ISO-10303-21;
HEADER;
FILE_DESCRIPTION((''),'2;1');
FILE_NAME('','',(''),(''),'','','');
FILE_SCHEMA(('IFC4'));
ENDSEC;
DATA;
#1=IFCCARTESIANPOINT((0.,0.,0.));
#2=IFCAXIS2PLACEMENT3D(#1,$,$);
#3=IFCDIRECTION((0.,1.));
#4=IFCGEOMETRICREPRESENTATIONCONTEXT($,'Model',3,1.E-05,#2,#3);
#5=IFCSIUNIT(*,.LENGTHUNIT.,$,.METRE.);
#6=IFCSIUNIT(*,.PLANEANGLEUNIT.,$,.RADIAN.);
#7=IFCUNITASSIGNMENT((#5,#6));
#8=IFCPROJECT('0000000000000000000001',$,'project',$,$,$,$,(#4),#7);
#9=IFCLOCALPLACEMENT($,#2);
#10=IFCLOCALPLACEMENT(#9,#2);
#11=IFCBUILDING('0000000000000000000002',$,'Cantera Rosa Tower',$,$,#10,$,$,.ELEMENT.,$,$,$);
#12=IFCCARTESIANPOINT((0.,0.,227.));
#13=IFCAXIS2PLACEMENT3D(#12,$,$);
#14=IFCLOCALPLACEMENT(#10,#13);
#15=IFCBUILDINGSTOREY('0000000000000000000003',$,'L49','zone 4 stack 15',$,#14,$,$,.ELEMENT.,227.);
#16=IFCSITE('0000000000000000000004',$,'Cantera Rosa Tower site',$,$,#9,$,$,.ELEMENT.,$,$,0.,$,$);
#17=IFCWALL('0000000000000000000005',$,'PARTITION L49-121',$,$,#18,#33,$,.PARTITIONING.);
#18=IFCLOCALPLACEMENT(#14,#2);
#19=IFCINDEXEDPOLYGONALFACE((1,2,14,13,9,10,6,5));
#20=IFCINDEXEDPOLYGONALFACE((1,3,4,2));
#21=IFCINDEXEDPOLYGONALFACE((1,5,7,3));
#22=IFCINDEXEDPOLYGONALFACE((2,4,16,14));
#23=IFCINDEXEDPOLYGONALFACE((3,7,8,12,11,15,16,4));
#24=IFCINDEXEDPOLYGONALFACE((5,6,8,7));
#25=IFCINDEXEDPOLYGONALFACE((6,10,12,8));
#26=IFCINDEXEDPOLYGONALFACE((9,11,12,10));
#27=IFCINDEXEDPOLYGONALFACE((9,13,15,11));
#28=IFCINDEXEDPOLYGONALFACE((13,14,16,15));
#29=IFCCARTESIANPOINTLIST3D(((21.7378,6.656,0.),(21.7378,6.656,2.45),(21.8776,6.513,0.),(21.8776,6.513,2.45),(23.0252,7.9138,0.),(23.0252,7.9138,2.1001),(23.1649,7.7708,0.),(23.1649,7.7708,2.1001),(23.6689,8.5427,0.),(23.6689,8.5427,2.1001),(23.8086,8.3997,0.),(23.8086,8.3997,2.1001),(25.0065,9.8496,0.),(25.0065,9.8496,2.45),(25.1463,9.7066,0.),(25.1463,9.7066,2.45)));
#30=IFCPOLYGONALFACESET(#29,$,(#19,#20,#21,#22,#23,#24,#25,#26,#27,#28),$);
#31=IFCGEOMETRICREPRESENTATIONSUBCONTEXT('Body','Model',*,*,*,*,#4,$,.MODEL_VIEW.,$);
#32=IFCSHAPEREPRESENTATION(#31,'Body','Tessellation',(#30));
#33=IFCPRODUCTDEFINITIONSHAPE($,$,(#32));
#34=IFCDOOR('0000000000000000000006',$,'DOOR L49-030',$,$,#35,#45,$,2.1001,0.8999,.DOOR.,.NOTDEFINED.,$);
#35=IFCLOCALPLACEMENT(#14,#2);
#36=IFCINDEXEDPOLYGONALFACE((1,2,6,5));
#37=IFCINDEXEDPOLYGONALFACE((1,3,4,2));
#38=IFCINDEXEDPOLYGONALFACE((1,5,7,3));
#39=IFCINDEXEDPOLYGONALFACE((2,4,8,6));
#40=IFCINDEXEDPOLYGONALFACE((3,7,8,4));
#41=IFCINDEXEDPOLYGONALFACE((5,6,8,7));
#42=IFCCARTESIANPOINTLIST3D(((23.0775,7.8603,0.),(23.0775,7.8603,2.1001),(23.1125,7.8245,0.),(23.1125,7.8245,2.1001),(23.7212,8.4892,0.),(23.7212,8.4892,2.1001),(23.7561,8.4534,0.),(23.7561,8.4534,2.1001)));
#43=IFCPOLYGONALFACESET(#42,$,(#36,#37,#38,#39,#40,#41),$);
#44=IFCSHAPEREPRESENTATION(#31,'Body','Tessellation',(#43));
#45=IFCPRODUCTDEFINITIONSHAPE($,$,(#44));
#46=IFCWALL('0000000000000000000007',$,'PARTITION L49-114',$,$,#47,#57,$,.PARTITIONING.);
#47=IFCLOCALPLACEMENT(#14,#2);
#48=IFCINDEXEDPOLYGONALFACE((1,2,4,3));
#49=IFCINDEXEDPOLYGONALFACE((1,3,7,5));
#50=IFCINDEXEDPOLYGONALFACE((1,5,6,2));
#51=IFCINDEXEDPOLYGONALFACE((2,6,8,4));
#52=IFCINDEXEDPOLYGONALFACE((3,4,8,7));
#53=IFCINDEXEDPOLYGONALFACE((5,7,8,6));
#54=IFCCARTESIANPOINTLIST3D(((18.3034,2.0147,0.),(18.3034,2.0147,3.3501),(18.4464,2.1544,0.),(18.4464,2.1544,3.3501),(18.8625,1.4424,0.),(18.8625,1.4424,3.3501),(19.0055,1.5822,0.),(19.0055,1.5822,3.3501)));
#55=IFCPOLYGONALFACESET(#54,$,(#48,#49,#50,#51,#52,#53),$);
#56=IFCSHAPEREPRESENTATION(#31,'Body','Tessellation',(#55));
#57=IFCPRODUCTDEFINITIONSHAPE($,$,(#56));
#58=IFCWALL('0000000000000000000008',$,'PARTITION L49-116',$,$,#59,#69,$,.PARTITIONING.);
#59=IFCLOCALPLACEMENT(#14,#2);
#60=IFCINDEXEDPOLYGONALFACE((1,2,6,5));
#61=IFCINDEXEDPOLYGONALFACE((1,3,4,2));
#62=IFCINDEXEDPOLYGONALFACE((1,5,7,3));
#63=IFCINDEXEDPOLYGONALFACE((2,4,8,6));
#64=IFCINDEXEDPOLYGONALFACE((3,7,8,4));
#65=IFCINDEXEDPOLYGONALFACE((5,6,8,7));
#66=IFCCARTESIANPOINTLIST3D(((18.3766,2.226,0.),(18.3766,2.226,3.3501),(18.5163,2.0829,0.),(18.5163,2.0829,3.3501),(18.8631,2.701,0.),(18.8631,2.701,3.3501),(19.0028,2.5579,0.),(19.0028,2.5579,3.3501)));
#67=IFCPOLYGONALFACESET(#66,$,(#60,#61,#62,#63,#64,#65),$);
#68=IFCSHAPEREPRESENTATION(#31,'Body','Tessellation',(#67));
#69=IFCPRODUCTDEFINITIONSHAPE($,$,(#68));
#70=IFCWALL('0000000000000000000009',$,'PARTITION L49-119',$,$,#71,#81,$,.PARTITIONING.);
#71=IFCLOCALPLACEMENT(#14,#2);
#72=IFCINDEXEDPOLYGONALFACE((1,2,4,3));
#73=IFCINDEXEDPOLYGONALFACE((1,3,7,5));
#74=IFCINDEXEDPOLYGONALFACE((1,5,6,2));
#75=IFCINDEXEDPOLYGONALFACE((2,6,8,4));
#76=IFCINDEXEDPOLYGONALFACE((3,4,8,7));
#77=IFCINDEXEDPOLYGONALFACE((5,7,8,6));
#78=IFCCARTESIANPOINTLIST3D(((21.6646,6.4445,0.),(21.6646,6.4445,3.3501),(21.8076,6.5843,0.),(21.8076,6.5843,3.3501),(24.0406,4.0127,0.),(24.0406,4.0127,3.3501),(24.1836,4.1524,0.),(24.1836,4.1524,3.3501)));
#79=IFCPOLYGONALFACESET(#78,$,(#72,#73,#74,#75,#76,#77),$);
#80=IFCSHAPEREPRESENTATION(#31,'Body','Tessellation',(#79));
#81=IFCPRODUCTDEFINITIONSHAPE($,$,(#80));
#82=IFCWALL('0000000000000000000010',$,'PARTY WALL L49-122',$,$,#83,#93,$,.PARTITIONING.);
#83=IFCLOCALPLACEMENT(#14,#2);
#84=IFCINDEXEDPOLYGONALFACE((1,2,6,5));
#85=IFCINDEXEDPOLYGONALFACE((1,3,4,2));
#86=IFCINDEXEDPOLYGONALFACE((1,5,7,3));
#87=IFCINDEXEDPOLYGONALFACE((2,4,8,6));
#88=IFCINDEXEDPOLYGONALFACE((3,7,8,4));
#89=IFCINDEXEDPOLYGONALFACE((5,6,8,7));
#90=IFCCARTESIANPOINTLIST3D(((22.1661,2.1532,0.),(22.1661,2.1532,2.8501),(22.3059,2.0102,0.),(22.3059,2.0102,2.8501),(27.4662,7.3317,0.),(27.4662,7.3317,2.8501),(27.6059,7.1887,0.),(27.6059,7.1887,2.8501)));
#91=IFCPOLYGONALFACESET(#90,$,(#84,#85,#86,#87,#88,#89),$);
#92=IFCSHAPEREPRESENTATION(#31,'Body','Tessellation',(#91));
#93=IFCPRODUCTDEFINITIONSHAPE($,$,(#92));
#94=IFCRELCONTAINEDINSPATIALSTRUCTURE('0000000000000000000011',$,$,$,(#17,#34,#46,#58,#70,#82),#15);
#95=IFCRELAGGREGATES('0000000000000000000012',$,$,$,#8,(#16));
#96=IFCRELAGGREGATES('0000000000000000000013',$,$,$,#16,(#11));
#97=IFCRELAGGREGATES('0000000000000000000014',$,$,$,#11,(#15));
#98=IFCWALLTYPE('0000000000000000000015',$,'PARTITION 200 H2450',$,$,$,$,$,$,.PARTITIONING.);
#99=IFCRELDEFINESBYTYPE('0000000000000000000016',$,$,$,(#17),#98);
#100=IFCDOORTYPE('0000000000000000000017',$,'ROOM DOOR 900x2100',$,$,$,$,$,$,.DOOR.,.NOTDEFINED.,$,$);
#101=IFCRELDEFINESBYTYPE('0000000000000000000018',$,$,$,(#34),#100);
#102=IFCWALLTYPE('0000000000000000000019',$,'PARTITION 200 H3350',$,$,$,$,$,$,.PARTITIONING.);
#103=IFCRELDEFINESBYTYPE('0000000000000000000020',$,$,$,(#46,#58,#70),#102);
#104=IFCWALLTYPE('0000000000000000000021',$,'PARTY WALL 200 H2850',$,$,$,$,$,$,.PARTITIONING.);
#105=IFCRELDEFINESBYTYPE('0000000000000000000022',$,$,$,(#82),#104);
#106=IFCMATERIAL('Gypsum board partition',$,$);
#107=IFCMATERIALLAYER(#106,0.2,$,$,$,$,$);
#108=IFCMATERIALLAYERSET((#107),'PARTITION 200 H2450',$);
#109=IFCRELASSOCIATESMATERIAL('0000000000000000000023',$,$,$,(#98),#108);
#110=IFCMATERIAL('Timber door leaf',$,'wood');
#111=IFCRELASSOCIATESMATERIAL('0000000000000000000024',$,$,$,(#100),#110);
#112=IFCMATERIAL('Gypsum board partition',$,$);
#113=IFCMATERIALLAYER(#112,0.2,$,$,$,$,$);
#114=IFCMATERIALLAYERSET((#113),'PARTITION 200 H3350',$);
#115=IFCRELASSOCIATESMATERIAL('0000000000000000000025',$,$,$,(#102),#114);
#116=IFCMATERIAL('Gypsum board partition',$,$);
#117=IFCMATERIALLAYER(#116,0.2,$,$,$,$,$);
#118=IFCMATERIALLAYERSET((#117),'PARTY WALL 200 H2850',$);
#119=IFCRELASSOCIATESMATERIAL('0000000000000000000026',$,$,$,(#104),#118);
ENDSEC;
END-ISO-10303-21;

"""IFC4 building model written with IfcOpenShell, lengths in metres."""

from ifc_helpers import new_model, si_unit, direction, frame, frame_2d, origin, place, context, subcontext, project, spatial, rectangle, extrude, material, layer, layer_set, type_object, element, fill, save


model = new_model("IFC4")

# Units and contexts
model_context = context("Model", 3, precision=1e-05, world=origin(), true_north=direction((0.0, 1.0)))
body_context = subcontext(model_context, "Body", "Model", "MODEL_VIEW")
ifc_project = project(units=[si_unit("LENGTHUNIT", "METRE"), si_unit("PLANEANGLEUNIT", "RADIAN")], contexts=[model_context])

# Site, building, storey
site_placement = place(None, origin())
site = spatial("IfcSite", under=ifc_project, at=site_placement, Name="Cantera Rosa Tower site", CompositionType="ELEMENT", RefElevation=0.0)
building_placement = place(site_placement, origin())
building = spatial("IfcBuilding", under=site, at=building_placement, Name="Cantera Rosa Tower", CompositionType="ELEMENT")
storey_placement = place(building_placement, frame((0.0, 0.0, 227.0)))
storey = spatial("IfcBuildingStorey", under=building, at=storey_placement, Name="L49", Description="zone 4 stack 15", CompositionType="ELEMENT", Elevation=227.0)

# Wall, opening, door
ifc_material_1 = material(Name="Gypsum board partition")
ifc_layer_1 = layer(ifc_material_1, 0.2)
ifc_layer_set_1 = layer_set([ifc_layer_1], Name="PARTITION 200 H2450")
wall_type_1 = type_object("IfcWallType", Name="PARTITION 200 H2450", PredefinedType="PARTITIONING", material=ifc_layer_set_1)
wall_1_placement = place(storey_placement, frame((25.0764, 9.7781, 0.0), z_axis=(0.0, 0.0, 1.0), x_axis=(-0.715286, -0.698832, 0.0)))
wall_1 = element("IfcWall", 1, at=wall_1_placement, inside=storey, type_object=wall_type_1, Name="PARTITION L49-121", PredefinedType="PARTITIONING", context=body_context, shape_type="SweptSolid", body=[
    extrude(rectangle(XDim=4.5698, YDim=0.2, at=frame_2d((2.2849, 0.0))), origin(), (0.0, 0.0, 1.0), 2.45),
])
opening_1_placement = place(wall_1_placement, frame((1.8701, 0.0, 0.0)))
opening_1 = element("IfcOpeningElement", 2, at=opening_1_placement, cuts=wall_1, PredefinedType="OPENING", context=body_context, shape_type="SweptSolid", body=[
    extrude(rectangle(XDim=0.8999, YDim=2.1001, at=frame_2d((0.45, 1.05))), frame((0.0, 0.1099, 0.0), z_axis=(0.0, -1.0, 0.0), x_axis=(1.0, 0.0, 0.0)), (0.0, 0.0, 1.0), 0.22),
])
ifc_material_2 = material(Name="Timber door leaf", Category="wood")
door_type_1 = type_object("IfcDoorType", Name="ROOM DOOR 900x2100", OperationType="NOTDEFINED", PredefinedType="DOOR", material=ifc_material_2)
door_1_placement = place(opening_1_placement, origin())
door_1 = element("IfcDoor", 3, at=door_1_placement, inside=storey, type_object=door_type_1, Name="DOOR L49-030", OperationType="NOTDEFINED", OverallHeight=2.1001, OverallWidth=0.8999, PredefinedType="DOOR", context=body_context, shape_type="SweptSolid", body=[
    extrude(rectangle(XDim=0.8999, YDim=2.1001, at=frame_2d((0.45, 1.05))), frame((0.0, 0.0249, 0.0), z_axis=(0.0, -1.0, 0.0), x_axis=(1.0, 0.0, 0.0)), (0.0, 0.0, 1.0), 0.05),
])
fill(opening_1, door_1)

# Walls
ifc_material_3 = material(Name="Gypsum board partition")
ifc_layer_2 = layer(ifc_material_3, 0.2)
ifc_layer_set_2 = layer_set([ifc_layer_2], Name="PARTITION 200 H3350")
wall_type_2 = type_object("IfcWallType", Name="PARTITION 200 H3350", PredefinedType="PARTITIONING", material=ifc_layer_set_2)
wall_2_placement = place(storey_placement, frame((18.375, 2.0845, 0.0), z_axis=(0.0, 0.0, 1.0), x_axis=(0.698819, -0.715298, 0.0)))
element("IfcWall", 4, at=wall_2_placement, inside=storey, type_object=wall_type_2, Name="PARTITION L49-114", PredefinedType="PARTITIONING", context=body_context, shape_type="SweptSolid", body=[
    extrude(rectangle(XDim=0.8, YDim=0.2, at=frame_2d((0.3999, 0.0))), origin(), (0.0, 0.0, 1.0), 3.3501),
])
wall_3_placement = place(storey_placement, frame((18.9329, 2.6294, 0.0), z_axis=(0.0, 0.0, 1.0), x_axis=(-0.715493, -0.69862, 0.0)))
element("IfcWall", 5, at=wall_3_placement, inside=storey, type_object=wall_type_2, Name="PARTITION L49-116", PredefinedType="PARTITIONING", context=body_context, shape_type="SweptSolid", body=[
    extrude(rectangle(XDim=0.6799, YDim=0.2, at=frame_2d((0.3398, 0.0))), origin(), (0.0, 0.0, 1.0), 3.3501),
])
wall_4_placement = place(storey_placement, frame((21.7361, 6.5144, 0.0), z_axis=(0.0, 0.0, 1.0), x_axis=(0.698837, -0.715281, 0.0)))
element("IfcWall", 6, at=wall_4_placement, inside=storey, type_object=wall_type_2, Name="PARTITION L49-119", PredefinedType="PARTITIONING", context=body_context, shape_type="SweptSolid", body=[
    extrude(rectangle(XDim=3.3999, YDim=0.2, at=frame_2d((1.7, 0.0))), origin(), (0.0, 0.0, 1.0), 3.3501),
])
ifc_material_4 = material(Name="Gypsum board partition")
ifc_layer_3 = layer(ifc_material_4, 0.2)
ifc_layer_set_3 = layer_set([ifc_layer_3], Name="PARTY WALL 200 H2850")
wall_type_3 = type_object("IfcWallType", Name="PARTY WALL 200 H2850", PredefinedType="PARTITIONING", material=ifc_layer_set_3)
wall_5_placement = place(storey_placement, frame((27.5361, 7.2603, 0.0), z_axis=(0.0, 0.0, 1.0), x_axis=(-0.715263, -0.698855, 0.0)))
element("IfcWall", 7, at=wall_5_placement, inside=storey, type_object=wall_type_3, Name="PARTY WALL L49-122", PredefinedType="PARTITIONING", context=body_context, shape_type="SweptSolid", body=[
    extrude(rectangle(XDim=7.4099, YDim=0.2, at=frame_2d((3.7051, 0.0))), origin(), (0.0, 0.0, 1.0), 2.8501),
])

save(model, "model.ifc")
